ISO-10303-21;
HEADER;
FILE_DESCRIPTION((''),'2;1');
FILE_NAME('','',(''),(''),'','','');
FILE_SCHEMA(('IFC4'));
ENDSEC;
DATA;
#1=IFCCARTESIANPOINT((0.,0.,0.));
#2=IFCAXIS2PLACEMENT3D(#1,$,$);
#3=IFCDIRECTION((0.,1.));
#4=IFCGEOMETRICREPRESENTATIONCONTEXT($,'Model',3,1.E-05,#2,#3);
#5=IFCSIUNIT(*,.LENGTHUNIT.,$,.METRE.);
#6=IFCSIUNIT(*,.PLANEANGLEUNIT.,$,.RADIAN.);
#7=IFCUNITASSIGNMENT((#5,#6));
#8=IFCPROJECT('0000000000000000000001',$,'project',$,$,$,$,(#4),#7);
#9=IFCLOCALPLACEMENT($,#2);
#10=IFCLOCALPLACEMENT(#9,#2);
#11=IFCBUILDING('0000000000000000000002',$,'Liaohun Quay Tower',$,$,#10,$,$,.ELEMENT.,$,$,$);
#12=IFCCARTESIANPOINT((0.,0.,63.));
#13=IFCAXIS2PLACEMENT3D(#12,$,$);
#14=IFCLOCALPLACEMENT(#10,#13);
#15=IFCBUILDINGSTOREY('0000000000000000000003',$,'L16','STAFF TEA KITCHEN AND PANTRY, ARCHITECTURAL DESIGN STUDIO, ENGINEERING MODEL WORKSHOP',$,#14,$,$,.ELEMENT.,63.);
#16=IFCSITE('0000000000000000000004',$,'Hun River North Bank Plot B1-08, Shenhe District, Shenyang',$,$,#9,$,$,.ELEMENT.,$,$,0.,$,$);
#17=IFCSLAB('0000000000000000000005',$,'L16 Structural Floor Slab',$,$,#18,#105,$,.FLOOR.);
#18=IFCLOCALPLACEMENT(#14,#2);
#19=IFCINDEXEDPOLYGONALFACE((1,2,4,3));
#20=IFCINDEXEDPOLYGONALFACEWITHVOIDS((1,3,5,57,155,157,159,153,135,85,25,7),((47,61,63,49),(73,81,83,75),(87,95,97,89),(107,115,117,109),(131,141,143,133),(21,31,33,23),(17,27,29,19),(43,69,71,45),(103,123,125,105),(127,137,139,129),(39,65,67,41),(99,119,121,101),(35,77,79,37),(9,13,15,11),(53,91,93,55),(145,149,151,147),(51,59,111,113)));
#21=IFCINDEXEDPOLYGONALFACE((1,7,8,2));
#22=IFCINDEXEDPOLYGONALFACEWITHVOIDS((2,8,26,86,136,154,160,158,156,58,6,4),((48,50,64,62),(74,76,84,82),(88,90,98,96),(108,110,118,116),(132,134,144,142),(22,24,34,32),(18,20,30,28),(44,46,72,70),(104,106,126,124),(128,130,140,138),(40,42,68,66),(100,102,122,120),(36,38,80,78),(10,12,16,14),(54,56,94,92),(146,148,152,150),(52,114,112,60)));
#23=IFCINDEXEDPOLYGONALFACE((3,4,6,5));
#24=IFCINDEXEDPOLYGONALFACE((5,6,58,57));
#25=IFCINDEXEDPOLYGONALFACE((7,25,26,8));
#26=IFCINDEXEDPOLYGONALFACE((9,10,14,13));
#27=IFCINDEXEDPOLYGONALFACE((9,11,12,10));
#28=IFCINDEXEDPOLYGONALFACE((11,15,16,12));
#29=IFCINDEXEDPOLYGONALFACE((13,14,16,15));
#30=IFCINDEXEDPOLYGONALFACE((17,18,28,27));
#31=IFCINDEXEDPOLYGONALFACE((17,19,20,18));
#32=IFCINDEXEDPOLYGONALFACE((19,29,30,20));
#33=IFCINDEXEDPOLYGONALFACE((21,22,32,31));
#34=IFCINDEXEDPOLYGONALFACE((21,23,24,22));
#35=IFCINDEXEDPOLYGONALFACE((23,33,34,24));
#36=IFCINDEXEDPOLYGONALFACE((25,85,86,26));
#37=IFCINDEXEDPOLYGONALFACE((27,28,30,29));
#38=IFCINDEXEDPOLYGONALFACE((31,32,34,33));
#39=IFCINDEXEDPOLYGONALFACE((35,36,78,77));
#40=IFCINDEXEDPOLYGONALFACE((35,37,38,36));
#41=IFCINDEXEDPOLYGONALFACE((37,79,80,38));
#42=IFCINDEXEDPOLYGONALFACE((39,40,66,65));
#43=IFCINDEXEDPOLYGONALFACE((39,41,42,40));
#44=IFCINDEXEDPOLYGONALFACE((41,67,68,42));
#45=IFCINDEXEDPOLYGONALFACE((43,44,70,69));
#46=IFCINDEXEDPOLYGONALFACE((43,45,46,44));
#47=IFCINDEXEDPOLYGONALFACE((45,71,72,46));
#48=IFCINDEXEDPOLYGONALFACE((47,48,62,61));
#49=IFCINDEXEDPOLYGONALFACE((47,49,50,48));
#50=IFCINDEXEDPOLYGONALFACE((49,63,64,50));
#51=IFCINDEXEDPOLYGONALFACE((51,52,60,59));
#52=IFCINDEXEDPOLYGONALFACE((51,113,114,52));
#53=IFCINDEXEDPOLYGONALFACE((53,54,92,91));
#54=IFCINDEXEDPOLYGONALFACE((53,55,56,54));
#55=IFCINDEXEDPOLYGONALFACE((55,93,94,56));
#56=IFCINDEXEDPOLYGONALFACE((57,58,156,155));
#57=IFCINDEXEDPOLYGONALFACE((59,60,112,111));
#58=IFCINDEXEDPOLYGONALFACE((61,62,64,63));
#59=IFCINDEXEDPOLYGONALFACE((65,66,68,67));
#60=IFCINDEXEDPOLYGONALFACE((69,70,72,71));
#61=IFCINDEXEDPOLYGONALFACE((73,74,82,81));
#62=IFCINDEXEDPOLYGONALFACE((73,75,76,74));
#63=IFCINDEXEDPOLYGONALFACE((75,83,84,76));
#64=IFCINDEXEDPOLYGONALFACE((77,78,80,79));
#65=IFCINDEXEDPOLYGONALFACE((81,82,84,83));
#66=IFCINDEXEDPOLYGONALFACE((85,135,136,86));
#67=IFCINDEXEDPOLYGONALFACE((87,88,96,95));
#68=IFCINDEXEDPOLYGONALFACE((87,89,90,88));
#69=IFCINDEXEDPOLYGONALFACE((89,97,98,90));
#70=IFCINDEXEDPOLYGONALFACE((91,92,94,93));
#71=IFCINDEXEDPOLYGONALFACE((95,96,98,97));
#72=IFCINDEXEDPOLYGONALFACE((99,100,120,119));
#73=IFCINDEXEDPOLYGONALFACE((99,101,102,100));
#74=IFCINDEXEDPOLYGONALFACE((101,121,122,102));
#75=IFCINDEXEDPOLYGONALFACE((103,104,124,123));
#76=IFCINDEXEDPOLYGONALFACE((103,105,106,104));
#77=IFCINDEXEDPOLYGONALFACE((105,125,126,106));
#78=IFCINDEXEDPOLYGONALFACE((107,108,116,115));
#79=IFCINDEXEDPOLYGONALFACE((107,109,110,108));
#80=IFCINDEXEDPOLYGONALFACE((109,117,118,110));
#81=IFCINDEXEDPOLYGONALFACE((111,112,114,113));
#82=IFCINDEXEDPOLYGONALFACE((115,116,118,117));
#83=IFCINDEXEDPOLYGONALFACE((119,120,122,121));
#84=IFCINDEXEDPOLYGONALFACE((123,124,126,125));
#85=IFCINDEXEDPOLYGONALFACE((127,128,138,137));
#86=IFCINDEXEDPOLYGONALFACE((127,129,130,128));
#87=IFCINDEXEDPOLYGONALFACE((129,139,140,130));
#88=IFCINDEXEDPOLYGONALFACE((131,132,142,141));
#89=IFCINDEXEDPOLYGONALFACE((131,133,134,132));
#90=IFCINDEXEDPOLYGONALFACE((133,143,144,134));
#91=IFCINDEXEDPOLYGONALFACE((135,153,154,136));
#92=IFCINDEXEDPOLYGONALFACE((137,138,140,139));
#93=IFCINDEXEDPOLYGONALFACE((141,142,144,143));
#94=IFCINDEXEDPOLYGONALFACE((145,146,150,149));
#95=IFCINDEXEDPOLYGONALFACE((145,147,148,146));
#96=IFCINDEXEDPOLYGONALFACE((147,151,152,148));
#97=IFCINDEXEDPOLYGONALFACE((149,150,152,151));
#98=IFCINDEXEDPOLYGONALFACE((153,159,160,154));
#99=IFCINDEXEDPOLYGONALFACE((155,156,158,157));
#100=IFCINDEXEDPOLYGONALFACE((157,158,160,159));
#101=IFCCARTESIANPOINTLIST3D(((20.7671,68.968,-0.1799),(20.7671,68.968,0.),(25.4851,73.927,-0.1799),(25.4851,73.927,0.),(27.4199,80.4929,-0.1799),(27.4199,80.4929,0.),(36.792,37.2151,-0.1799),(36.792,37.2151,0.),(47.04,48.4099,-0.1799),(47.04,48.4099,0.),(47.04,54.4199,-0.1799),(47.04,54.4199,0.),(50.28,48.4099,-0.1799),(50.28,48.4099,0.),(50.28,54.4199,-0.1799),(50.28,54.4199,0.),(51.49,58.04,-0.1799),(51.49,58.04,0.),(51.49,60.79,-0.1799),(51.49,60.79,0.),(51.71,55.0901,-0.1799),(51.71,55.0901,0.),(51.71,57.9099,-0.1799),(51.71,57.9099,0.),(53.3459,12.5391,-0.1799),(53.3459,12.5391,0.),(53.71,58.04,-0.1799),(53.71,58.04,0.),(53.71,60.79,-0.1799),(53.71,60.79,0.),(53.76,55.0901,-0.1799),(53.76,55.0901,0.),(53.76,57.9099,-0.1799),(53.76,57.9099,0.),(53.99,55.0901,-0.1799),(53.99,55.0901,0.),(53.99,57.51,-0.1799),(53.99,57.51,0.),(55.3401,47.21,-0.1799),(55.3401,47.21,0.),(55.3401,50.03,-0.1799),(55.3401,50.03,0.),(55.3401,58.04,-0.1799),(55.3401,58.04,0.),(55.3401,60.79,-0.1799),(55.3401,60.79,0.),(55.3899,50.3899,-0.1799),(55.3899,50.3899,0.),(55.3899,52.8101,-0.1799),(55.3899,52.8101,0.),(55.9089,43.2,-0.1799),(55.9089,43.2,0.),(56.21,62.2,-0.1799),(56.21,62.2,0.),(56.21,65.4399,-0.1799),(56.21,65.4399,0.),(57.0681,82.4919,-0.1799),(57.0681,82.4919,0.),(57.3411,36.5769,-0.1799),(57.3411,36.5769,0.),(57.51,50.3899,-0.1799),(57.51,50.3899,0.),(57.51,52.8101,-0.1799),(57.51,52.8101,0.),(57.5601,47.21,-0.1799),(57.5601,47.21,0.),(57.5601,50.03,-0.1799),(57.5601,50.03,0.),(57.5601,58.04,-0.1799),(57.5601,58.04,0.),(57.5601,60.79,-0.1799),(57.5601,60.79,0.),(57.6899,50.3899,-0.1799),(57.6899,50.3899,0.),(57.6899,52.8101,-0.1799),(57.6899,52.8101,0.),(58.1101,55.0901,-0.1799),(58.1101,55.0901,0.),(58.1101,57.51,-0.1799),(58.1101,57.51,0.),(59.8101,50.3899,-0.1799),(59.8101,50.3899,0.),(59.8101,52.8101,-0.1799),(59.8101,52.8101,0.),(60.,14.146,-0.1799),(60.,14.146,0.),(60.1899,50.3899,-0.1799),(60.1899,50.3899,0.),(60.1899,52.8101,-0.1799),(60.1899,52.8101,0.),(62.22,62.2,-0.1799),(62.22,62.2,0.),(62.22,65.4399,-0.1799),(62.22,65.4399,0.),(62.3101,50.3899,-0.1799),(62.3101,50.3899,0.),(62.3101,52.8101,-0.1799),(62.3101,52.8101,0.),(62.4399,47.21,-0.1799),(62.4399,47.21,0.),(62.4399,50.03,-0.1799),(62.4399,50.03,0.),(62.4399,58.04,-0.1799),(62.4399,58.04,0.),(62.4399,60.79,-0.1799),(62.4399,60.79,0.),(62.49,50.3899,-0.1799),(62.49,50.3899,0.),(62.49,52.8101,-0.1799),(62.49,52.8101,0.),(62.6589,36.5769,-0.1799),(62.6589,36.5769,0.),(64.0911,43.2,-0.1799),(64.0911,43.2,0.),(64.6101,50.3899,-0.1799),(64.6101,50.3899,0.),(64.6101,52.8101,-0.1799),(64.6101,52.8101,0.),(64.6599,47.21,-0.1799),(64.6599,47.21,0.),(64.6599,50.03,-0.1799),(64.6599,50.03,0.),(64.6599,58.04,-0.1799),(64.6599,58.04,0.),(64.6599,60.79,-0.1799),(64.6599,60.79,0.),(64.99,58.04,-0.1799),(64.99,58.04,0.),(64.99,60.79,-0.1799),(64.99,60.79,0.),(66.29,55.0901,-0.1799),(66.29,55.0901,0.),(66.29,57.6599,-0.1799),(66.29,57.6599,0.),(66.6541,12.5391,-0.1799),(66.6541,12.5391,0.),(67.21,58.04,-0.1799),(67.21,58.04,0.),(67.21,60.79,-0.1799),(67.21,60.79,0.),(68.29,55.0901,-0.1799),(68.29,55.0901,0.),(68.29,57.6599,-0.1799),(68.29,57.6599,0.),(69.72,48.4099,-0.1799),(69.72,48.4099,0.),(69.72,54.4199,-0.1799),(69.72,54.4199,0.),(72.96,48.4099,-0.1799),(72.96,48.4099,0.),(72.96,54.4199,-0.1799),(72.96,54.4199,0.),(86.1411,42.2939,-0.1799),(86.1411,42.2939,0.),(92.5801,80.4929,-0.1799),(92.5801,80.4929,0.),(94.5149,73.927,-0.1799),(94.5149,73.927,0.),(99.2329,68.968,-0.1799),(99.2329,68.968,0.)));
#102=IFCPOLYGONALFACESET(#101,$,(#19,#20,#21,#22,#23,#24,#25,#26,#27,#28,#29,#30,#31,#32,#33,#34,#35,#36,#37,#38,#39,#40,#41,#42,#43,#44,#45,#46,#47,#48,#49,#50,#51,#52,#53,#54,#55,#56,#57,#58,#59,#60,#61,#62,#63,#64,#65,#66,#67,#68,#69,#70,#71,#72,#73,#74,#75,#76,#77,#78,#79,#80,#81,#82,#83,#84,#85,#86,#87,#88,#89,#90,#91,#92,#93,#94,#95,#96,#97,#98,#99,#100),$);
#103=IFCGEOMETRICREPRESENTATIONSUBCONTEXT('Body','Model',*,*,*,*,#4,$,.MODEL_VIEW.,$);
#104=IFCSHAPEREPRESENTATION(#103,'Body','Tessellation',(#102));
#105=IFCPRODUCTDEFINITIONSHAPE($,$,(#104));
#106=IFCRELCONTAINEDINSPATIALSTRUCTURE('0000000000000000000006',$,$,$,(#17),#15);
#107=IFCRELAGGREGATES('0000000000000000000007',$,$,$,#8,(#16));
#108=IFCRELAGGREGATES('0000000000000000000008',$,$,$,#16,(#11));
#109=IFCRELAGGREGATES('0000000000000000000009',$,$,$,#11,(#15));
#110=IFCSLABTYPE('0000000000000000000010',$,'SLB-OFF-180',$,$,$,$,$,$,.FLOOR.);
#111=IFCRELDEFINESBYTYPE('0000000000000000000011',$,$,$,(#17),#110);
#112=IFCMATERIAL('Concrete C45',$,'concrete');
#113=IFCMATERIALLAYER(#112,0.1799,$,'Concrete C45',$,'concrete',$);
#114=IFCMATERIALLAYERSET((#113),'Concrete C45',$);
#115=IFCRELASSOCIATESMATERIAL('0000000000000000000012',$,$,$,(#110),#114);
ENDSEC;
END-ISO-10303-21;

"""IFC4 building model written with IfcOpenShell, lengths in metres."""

from ifc_helpers import new_model, si_unit, direction, frame, origin, place, context, subcontext, project, spatial, polyline, outline, extrude, material, layer, layer_set, type_object, element, save


model = new_model("IFC4")

# Units and contexts
model_context = context("Model", 3, precision=1e-05, world=origin(), true_north=direction((0.0, 1.0)))
body_context = subcontext(model_context, "Body", "Model", "MODEL_VIEW")
ifc_project = project(units=[si_unit("LENGTHUNIT", "METRE"), si_unit("PLANEANGLEUNIT", "RADIAN")], contexts=[model_context])

# Site, building, storey
site_placement = place(None, origin())
site = spatial("IfcSite", under=ifc_project, at=site_placement, Name="Hun River North Bank Plot B1-08, Shenhe District, Shenyang", CompositionType="ELEMENT", RefElevation=0.0)
building_placement = place(site_placement, origin())
building = spatial("IfcBuilding", under=site, at=building_placement, Name="Liaohun Quay Tower", CompositionType="ELEMENT")
storey_placement = place(building_placement, frame((0.0, 0.0, 63.0)))
storey = spatial("IfcBuildingStorey", under=building, at=storey_placement, Name="L16", Description="STAFF TEA KITCHEN AND PANTRY, ARCHITECTURAL DESIGN STUDIO, ENGINEERING MODEL WORKSHOP", CompositionType="ELEMENT", Elevation=63.0)

# Shared definitions
ifc_material_1 = material(Name="Concrete C45", Category="concrete")

# Slab
ifc_layer_1 = layer(ifc_material_1, 0.1799, Name="Concrete C45", Category="concrete")
ifc_layer_set_1 = layer_set([ifc_layer_1], Name="Concrete C45")
slab_type_1 = type_object("IfcSlabType", Name="SLB-OFF-180", PredefinedType="FLOOR", material=ifc_layer_set_1)
slab_1_placement = place(storey_placement, frame((0.0, 0.0, -0.1799)))
element("IfcSlab", 1, at=slab_1_placement, inside=storey, type_object=slab_type_1, Name="L16 Structural Floor Slab", PredefinedType="FLOOR", context=body_context, shape_type="SweptSolid", body=[
    extrude(outline(polyline([(53.3459, 12.5391), (60.0, 14.146), (66.6541, 12.5391), (86.1411, 42.2939), (99.2329, 68.968), (94.5149, 73.927), (92.5801, 80.4929), (57.0681, 82.4919), (27.4199, 80.4929), (25.4851, 73.927), (20.7671, 68.968), (36.792, 37.2151), (53.3459, 12.5391)]), holes=[polyline([(57.5601, 47.21), (57.5601, 50.03), (55.3401, 50.03), (55.3401, 47.21), (57.5601, 47.21)]), polyline([(50.28, 54.4199), (47.04, 54.4199), (47.04, 48.4099), (50.28, 48.4099), (50.28, 54.4199)]), polyline([(57.51, 50.3899), (57.51, 52.8101), (55.3899, 52.8101), (55.3899, 50.3899), (57.51, 50.3899)]), polyline([(59.8101, 50.3899), (59.8101, 52.8101), (57.6899, 52.8101), (57.6899, 50.3899), (59.8101, 50.3899)]), polyline([(58.1101, 57.51), (53.99, 57.51), (53.99, 55.0901), (58.1101, 55.0901), (58.1101, 57.51)]), polyline([(53.76, 55.0901), (53.76, 57.9099), (51.71, 57.9099), (51.71, 55.0901), (53.76, 55.0901)]), polyline([(51.49, 58.04), (53.71, 58.04), (53.71, 60.79), (51.49, 60.79), (51.49, 58.04)]), polyline([(55.3401, 58.04), (57.5601, 58.04), (57.5601, 60.79), (55.3401, 60.79), (55.3401, 58.04)]), polyline([(62.6589, 36.5769), (64.0911, 43.2), (55.9089, 43.2), (57.3411, 36.5769), (62.6589, 36.5769)]), polyline([(64.6599, 47.21), (64.6599, 50.03), (62.4399, 50.03), (62.4399, 47.21), (64.6599, 47.21)]), polyline([(72.96, 54.4199), (69.72, 54.4199), (69.72, 48.4099), (72.96, 48.4099), (72.96, 54.4199)]), polyline([(62.3101, 50.3899), (62.3101, 52.8101), (60.1899, 52.8101), (60.1899, 50.3899), (62.3101, 50.3899)]), polyline([(64.6101, 50.3899), (64.6101, 52.8101), (62.49, 52.8101), (62.49, 50.3899), (64.6101, 50.3899)]), polyline([(68.29, 55.0901), (68.29, 57.6599), (66.29, 57.6599), (66.29, 55.0901), (68.29, 55.0901)]), polyline([(64.6599, 58.04), (64.6599, 60.79), (62.4399, 60.79), (62.4399, 58.04), (64.6599, 58.04)]), polyline([(64.99, 58.04), (67.21, 58.04), (67.21, 60.79), (64.99, 60.79), (64.99, 58.04)]), polyline([(56.21, 62.2), (62.22, 62.2), (62.22, 65.4399), (56.21, 65.4399), (56.21, 62.2)])]), origin(), (0.0, 0.0, 1.0), 0.1799),
])

save(model, "model.ifc")
